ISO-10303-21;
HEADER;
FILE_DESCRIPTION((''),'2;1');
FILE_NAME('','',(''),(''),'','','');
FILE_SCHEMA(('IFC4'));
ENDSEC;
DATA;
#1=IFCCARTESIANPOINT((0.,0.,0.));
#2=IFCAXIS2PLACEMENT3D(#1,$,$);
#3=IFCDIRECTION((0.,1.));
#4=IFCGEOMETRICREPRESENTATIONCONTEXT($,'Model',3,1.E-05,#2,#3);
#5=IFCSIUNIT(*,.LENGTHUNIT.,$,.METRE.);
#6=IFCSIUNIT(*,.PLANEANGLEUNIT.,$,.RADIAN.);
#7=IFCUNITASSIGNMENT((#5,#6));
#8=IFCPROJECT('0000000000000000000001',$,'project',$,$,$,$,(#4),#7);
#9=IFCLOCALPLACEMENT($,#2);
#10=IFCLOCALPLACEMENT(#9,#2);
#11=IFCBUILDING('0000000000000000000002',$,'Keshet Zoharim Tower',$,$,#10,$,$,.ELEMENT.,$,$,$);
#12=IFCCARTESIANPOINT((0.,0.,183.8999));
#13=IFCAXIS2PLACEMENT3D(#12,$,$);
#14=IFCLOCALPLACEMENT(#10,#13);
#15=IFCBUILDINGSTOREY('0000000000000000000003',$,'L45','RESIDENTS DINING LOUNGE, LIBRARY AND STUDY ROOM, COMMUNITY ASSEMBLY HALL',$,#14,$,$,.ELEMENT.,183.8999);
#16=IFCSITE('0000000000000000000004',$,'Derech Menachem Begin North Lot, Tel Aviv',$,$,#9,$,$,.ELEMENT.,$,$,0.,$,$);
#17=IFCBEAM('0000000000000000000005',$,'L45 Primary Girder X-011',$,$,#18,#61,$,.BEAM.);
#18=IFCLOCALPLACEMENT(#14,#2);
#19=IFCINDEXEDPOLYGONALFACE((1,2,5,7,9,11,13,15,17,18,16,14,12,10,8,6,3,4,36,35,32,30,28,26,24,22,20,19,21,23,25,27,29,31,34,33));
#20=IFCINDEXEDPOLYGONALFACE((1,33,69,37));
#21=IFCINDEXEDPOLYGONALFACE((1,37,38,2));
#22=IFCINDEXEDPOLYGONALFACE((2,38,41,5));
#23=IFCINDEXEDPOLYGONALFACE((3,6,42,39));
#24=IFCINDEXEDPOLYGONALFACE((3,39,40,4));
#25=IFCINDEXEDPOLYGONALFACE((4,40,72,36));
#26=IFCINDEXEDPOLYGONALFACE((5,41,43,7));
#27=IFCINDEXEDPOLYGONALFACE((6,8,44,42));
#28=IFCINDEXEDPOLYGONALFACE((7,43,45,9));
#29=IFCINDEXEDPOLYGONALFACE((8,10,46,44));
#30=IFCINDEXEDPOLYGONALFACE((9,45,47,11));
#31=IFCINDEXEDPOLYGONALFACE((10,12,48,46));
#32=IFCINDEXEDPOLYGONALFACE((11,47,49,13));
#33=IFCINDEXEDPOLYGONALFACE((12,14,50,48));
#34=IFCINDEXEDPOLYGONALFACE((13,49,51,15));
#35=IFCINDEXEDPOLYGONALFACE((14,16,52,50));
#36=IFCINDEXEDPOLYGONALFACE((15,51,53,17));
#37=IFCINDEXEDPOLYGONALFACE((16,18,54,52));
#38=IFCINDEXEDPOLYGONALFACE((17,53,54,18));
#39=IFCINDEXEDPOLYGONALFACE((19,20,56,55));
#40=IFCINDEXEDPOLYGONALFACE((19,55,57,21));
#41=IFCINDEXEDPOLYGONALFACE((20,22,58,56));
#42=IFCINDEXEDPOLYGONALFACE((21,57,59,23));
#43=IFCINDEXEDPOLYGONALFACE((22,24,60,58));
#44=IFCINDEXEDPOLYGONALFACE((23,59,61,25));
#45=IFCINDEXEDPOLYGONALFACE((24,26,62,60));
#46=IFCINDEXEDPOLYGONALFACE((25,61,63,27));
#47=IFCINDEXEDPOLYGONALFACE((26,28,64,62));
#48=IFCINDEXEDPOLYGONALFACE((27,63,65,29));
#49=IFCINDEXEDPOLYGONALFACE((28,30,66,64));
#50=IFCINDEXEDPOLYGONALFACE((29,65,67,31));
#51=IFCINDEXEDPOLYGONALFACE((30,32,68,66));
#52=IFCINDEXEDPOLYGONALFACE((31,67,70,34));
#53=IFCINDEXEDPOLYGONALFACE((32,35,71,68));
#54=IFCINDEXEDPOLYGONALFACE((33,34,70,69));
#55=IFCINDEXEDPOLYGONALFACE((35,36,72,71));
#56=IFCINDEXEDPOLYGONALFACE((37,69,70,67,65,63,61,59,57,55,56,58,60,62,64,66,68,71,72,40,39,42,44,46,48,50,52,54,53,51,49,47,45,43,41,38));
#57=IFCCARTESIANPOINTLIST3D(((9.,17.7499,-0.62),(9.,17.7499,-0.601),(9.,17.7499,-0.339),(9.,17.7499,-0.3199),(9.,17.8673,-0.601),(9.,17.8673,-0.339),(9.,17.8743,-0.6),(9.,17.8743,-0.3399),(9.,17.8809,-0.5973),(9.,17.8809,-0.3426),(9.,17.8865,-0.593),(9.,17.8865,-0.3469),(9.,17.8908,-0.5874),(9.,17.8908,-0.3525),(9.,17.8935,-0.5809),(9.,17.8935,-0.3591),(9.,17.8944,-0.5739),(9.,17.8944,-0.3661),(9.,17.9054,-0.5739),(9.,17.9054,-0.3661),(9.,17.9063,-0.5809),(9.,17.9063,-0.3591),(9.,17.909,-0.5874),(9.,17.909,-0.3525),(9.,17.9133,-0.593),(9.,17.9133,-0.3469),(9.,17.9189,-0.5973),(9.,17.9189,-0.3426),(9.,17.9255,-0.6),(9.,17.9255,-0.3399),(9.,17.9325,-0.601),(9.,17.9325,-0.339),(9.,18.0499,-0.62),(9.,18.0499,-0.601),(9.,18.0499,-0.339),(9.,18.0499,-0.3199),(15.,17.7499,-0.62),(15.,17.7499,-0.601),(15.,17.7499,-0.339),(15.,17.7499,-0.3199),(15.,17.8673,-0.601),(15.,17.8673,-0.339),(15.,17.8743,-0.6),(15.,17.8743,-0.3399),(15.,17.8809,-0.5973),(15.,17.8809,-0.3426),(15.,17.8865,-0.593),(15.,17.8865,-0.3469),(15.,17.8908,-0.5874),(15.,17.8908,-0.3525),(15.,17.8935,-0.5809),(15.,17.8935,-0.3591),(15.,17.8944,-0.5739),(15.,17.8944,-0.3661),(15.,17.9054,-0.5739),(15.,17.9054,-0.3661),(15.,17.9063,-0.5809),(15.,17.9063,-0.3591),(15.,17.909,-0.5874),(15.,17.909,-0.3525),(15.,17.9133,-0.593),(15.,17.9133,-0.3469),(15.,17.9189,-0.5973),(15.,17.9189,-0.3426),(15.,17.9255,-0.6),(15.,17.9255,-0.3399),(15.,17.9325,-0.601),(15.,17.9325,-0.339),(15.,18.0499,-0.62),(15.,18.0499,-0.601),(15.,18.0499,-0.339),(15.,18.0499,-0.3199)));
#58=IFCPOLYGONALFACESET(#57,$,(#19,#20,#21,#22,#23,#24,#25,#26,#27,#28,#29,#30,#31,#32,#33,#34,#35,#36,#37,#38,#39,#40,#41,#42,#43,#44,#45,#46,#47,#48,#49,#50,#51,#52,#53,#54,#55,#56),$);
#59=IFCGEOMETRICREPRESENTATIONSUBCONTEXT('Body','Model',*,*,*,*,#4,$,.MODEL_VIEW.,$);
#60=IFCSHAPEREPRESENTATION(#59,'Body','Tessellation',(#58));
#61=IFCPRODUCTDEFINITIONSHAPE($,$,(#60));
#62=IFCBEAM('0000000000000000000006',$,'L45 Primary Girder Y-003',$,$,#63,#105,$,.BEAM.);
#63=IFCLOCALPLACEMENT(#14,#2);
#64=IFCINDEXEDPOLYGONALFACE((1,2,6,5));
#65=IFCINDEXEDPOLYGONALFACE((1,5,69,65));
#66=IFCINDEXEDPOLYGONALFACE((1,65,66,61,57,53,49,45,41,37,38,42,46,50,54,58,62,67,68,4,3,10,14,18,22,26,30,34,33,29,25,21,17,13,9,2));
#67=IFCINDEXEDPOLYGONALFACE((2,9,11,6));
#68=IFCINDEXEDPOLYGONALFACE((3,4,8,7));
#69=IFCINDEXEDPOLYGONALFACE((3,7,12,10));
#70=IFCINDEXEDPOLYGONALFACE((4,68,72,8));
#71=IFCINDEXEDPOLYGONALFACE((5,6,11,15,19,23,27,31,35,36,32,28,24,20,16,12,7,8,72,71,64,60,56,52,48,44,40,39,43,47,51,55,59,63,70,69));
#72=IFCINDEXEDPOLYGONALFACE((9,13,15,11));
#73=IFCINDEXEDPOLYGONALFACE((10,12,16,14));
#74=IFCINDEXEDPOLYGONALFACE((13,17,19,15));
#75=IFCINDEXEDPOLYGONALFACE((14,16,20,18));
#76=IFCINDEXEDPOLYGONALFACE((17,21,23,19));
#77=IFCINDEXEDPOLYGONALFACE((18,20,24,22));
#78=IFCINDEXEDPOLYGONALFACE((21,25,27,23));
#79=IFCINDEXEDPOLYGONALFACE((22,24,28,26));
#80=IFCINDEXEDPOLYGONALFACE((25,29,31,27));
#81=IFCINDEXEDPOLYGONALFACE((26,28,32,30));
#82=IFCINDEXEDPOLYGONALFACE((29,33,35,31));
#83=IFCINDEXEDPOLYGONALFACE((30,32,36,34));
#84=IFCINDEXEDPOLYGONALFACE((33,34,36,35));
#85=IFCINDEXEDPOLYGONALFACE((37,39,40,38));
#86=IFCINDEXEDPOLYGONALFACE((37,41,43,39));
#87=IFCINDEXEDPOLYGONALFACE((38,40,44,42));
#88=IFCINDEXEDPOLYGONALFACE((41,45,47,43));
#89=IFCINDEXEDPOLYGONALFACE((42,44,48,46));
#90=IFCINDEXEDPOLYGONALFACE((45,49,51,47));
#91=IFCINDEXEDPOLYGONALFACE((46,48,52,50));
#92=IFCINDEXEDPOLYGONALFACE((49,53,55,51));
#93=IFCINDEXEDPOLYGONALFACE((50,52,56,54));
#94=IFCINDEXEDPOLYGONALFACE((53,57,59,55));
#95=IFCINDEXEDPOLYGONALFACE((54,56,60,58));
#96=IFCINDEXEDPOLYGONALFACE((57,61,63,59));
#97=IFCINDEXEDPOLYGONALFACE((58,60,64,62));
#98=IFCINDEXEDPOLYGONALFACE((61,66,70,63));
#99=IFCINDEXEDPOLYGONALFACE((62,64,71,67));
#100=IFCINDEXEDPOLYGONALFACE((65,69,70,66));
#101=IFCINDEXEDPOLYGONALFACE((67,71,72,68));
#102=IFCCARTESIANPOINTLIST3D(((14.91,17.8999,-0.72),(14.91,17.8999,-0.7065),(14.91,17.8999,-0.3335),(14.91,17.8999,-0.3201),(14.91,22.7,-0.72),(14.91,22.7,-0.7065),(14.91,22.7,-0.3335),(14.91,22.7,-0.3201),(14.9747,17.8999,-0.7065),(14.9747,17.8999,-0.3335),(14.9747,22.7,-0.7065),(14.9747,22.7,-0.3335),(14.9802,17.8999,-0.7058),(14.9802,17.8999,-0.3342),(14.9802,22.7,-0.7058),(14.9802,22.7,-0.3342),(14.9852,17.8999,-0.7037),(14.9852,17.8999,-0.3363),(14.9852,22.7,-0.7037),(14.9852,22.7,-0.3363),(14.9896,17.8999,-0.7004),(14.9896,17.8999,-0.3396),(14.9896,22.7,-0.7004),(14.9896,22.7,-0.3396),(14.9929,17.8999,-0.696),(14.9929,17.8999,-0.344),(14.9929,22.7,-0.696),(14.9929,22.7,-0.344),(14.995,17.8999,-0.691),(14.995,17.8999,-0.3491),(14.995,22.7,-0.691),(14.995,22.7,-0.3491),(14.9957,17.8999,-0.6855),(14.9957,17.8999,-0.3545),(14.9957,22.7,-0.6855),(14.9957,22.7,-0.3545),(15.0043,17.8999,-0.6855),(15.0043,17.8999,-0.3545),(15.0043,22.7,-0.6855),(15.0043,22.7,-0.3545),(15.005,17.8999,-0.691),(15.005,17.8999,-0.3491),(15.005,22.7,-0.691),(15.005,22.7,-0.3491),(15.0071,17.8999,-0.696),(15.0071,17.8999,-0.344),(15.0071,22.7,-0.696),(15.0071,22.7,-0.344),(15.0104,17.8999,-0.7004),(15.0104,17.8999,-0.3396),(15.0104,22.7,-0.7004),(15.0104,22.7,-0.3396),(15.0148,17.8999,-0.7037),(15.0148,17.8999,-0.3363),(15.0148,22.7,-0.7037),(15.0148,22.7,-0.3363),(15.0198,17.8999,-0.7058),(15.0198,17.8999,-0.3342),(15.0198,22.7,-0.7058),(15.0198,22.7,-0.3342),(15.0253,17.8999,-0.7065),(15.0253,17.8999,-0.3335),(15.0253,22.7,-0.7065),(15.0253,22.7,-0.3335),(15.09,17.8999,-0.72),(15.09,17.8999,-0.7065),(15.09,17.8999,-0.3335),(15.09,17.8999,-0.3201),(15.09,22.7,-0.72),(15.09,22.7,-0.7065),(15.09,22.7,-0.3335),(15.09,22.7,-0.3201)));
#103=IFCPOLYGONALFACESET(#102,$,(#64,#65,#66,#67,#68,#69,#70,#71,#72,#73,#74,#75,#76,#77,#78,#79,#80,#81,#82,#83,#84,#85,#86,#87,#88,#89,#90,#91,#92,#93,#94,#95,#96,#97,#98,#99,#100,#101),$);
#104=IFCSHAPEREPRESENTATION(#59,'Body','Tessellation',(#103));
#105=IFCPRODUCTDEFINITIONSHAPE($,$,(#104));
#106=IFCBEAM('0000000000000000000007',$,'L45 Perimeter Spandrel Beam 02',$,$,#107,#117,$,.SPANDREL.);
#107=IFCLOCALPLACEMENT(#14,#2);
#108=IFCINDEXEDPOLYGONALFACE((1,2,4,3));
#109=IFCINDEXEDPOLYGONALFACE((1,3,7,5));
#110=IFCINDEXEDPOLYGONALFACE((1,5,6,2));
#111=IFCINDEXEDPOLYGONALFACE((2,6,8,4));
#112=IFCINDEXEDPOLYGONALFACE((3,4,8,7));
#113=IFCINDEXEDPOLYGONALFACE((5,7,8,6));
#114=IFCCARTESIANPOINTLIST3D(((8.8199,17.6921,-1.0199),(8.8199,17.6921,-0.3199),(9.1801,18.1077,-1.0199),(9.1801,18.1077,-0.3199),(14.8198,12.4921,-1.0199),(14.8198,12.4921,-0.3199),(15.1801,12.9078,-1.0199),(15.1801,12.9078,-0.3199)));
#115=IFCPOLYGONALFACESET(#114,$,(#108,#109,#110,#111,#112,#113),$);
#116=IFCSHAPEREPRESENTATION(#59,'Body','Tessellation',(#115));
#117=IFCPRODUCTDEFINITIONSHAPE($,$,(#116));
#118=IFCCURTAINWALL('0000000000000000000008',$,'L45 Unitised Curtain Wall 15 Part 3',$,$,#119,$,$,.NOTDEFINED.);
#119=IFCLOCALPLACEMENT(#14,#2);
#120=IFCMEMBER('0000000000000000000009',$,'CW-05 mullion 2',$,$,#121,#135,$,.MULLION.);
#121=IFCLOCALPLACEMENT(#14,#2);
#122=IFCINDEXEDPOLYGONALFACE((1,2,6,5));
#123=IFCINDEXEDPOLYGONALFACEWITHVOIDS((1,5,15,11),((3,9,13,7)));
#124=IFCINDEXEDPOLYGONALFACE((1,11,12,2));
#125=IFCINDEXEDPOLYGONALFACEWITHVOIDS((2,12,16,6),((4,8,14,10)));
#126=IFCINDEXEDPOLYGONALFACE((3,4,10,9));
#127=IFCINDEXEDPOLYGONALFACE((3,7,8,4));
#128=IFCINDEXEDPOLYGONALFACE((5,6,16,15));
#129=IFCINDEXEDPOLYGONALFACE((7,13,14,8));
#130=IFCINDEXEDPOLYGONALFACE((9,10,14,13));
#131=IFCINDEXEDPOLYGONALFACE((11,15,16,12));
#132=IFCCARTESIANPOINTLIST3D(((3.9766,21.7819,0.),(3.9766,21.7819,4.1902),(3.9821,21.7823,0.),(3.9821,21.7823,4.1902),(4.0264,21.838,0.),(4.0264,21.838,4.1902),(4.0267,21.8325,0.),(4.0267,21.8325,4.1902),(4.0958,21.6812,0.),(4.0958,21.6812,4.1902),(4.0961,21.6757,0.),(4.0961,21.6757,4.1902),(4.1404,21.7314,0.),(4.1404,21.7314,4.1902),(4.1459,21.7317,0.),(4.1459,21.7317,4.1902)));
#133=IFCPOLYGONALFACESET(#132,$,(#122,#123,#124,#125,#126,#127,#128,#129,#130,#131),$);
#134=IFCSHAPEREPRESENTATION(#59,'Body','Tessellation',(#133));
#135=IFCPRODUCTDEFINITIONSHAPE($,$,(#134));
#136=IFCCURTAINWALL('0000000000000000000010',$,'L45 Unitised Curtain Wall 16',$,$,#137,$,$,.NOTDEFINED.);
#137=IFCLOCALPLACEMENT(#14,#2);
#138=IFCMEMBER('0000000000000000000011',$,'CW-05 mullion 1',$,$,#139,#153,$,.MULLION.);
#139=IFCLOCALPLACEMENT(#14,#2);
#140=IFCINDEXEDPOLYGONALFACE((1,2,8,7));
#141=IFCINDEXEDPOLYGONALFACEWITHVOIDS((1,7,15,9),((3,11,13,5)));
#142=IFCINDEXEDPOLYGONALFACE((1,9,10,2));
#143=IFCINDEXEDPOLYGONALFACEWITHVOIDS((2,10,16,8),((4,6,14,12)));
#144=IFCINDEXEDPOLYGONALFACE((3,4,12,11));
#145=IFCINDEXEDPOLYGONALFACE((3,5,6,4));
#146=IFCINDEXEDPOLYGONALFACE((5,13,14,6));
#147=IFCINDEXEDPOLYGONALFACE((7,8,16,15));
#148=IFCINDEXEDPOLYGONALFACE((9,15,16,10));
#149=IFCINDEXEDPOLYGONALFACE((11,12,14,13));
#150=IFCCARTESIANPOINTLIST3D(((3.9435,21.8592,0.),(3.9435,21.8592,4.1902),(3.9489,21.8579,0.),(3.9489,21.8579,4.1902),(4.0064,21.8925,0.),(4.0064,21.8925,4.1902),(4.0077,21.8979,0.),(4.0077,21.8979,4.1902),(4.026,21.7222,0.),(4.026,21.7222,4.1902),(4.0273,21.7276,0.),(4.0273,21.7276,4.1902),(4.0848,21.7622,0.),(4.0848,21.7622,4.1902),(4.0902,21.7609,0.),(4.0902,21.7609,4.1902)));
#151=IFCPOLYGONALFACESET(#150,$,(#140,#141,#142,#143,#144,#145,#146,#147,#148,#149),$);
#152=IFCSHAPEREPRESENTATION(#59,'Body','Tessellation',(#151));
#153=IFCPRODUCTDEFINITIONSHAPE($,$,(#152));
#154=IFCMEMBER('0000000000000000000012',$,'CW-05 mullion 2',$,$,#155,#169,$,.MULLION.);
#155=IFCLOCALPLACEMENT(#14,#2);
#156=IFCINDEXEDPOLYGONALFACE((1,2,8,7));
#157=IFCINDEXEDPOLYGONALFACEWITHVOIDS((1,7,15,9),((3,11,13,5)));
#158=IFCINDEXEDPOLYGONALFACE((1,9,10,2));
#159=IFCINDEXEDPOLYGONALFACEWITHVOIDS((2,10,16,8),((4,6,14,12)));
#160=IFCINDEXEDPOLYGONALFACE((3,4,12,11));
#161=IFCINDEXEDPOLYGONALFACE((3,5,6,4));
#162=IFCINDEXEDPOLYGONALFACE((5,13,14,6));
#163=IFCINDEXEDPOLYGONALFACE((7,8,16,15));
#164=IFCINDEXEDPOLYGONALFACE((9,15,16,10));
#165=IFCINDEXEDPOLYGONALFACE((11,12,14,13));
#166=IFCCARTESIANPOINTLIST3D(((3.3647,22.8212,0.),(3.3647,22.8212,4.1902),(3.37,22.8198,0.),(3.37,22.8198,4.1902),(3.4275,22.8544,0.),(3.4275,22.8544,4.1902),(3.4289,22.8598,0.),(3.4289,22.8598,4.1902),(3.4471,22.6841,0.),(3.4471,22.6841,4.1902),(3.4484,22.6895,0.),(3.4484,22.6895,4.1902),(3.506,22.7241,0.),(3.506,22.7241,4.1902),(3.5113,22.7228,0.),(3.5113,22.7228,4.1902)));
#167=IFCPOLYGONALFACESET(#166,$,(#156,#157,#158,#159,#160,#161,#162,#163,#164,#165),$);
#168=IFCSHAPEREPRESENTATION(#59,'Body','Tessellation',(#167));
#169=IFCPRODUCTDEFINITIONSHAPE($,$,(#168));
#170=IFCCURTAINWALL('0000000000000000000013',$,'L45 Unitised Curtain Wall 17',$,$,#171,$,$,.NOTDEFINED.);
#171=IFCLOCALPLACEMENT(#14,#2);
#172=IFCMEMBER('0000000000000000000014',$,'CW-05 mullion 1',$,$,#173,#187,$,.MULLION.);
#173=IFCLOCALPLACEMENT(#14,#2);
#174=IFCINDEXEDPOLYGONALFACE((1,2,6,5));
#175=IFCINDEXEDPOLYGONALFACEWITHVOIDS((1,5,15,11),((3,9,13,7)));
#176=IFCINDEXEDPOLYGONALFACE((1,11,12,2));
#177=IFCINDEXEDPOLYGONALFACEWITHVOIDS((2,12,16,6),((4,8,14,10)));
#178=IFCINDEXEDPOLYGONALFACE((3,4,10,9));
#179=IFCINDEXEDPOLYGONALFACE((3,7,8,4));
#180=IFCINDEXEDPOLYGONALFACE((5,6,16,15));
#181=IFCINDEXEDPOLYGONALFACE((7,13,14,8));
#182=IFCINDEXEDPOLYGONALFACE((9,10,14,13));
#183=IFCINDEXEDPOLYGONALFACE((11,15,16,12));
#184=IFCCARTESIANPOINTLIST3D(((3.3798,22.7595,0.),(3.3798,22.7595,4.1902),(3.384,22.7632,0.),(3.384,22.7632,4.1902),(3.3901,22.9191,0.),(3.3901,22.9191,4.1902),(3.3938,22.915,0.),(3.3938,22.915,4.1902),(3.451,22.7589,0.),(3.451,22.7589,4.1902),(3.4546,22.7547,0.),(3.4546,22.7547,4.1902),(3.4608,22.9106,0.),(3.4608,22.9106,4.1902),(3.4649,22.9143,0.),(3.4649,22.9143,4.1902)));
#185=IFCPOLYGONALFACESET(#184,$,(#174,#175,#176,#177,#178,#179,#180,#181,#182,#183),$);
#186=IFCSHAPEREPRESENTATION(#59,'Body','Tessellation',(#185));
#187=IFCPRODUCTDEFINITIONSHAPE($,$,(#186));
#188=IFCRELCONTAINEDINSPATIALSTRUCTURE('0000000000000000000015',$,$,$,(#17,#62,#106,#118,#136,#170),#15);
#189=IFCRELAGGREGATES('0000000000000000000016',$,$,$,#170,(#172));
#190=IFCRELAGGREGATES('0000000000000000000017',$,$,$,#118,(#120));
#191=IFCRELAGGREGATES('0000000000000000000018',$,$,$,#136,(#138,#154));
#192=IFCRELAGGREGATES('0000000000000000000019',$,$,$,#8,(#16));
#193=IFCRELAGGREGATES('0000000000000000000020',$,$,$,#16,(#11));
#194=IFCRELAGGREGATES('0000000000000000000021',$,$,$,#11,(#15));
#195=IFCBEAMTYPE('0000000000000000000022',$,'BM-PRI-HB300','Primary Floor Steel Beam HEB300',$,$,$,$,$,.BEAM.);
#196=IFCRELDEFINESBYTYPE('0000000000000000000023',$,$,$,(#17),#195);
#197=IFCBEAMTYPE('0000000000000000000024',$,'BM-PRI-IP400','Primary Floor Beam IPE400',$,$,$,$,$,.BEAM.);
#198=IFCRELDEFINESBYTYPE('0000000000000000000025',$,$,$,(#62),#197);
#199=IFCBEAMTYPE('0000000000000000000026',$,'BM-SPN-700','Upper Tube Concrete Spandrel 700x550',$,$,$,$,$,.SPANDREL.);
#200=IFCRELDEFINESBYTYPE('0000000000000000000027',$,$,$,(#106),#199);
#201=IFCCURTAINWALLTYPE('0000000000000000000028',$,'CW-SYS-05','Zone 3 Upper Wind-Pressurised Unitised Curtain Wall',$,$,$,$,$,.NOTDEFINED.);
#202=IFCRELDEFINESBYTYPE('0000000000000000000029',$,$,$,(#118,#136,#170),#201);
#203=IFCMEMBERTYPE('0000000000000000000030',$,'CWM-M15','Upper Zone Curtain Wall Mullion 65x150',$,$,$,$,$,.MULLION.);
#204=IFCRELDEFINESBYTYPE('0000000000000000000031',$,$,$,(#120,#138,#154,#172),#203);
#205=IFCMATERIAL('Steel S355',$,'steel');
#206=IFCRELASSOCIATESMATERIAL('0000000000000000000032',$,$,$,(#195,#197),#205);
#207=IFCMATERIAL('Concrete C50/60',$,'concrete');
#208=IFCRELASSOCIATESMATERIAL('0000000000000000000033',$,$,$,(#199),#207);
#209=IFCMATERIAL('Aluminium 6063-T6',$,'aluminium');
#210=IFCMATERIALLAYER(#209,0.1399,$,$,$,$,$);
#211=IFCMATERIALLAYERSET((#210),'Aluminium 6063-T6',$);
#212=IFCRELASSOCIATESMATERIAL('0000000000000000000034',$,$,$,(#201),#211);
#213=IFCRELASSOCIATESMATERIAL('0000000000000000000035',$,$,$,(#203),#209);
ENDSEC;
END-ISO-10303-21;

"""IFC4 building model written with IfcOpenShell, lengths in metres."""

from ifc_helpers import new_model, si_unit, direction, frame, origin, origin_2d, place, context, subcontext, project, spatial, rectangle, hollow_rectangle, i_section, extrude, material, layer, layer_set, material_profile, profile_set, type_object, element, aggregate, save


model = new_model("IFC4")

# Units and contexts
model_context = context("Model", 3, precision=1e-05, world=origin(), true_north=direction((0.0, 1.0)))
body_context = subcontext(model_context, "Body", "Model", "MODEL_VIEW")
ifc_project = project(units=[si_unit("LENGTHUNIT", "METRE"), si_unit("PLANEANGLEUNIT", "RADIAN")], contexts=[model_context])

# Site, building, storey
site_placement = place(None, origin())
site = spatial("IfcSite", under=ifc_project, at=site_placement, Name="Derech Menachem Begin North Lot, Tel Aviv", CompositionType="ELEMENT", RefElevation=0.0)
building_placement = place(site_placement, origin())
building = spatial("IfcBuilding", under=site, at=building_placement, Name="Keshet Zoharim Tower", CompositionType="ELEMENT")
storey_placement = place(building_placement, frame((0.0, 0.0, 183.8999)))
storey = spatial("IfcBuildingStorey", under=building, at=storey_placement, Name="L45", Description="RESIDENTS DINING LOUNGE, LIBRARY AND STUDY ROOM, COMMUNITY ASSEMBLY HALL", CompositionType="ELEMENT", Elevation=183.8999)

# Shared definitions
ifc_material_1 = material(Name="Steel S355", Category="steel")

# Beams
ifc_material_profile_1 = material_profile(ifc_material_1, i_section(OverallWidth=0.3, OverallDepth=0.3, WebThickness=0.011, FlangeThickness=0.019, FilletRadius=0.0271, at=origin_2d()), Name="HEB300")
ifc_profile_set_1 = profile_set([ifc_material_profile_1], Name="Steel S355")
beam_type_1 = type_object("IfcBeamType", Name="BM-PRI-HB300", Description="Primary Floor Steel Beam HEB300", PredefinedType="BEAM", material=ifc_profile_set_1)
beam_1_placement = place(storey_placement, frame((9.0, 17.8999, -0.47), z_axis=(1.0, 0.0, 0.0), x_axis=(0.0, 1.0, 0.0)))
element("IfcBeam", 1, at=beam_1_placement, inside=storey, type_object=beam_type_1, Name="L45 Primary Girder X-011", PredefinedType="BEAM", context=body_context, shape_type="SweptSolid", body=[
    extrude(i_section(OverallWidth=0.3, OverallDepth=0.3, WebThickness=0.011, FlangeThickness=0.019, FilletRadius=0.0271, at=origin_2d()), origin(), (0.0, 0.0, 1.0), 6.0),
])
ifc_material_profile_2 = material_profile(ifc_material_1, i_section(OverallWidth=0.1799, OverallDepth=0.3999, WebThickness=0.0085, FlangeThickness=0.0134, FilletRadius=0.021, at=origin_2d()), Name="IPE400")
ifc_profile_set_2 = profile_set([ifc_material_profile_2], Name="Steel S355")
beam_type_2 = type_object("IfcBeamType", Name="BM-PRI-IP400", Description="Primary Floor Beam IPE400", PredefinedType="BEAM", material=ifc_profile_set_2)
beam_2_placement = place(storey_placement, frame((15.0, 17.8999, -0.52), z_axis=(0.0, 1.0, 0.0), x_axis=(-1.0, 0.0, 0.0)))
element("IfcBeam", 2, at=beam_2_placement, inside=storey, type_object=beam_type_2, Name="L45 Primary Girder Y-003", PredefinedType="BEAM", context=body_context, shape_type="SweptSolid", body=[
    extrude(i_section(OverallWidth=0.1799, OverallDepth=0.3999, WebThickness=0.0085, FlangeThickness=0.0134, FilletRadius=0.021, at=origin_2d()), origin(), (0.0, 0.0, 1.0), 4.8),
])
ifc_material_2 = material(Name="Concrete C50/60", Category="concrete")
ifc_material_profile_3 = material_profile(ifc_material_2, rectangle(XDim=0.55, YDim=0.7, at=origin_2d()), Name="RC700x550")
ifc_profile_set_3 = profile_set([ifc_material_profile_3], Name="Concrete C50/60")
beam_type_3 = type_object("IfcBeamType", Name="BM-SPN-700", Description="Upper Tube Concrete Spandrel 700x550", PredefinedType="SPANDREL", material=ifc_profile_set_3)
beam_3_placement = place(storey_placement, frame((9.0, 17.8999, -0.6699), z_axis=(0.755692, -0.654927, 0.0), x_axis=(0.654927, 0.755692, 0.0)))
element("IfcBeam", 3, at=beam_3_placement, inside=storey, type_object=beam_type_3, Name="L45 Perimeter Spandrel Beam 02", PredefinedType="SPANDREL", context=body_context, shape_type="SweptSolid", body=[
    extrude(rectangle(XDim=0.55, YDim=0.7, at=origin_2d()), origin(), (0.0, 0.0, 1.0), 7.9397),
])

# Curtain wall, member
ifc_material_3 = material(Name="Aluminium 6063-T6", Category="aluminium")
ifc_layer_1 = layer(ifc_material_3, 0.1399)
ifc_layer_set_1 = layer_set([ifc_layer_1], Name="Aluminium 6063-T6")
curtain_wall_type = type_object("IfcCurtainWallType", Name="CW-SYS-05", Description="Zone 3 Upper Wind-Pressurised Unitised Curtain Wall", PredefinedType="NOTDEFINED", material=ifc_layer_set_1)
curtain_wall_1_placement = place(storey_placement, origin())
curtain_wall_1 = element("IfcCurtainWall", 4, at=curtain_wall_1_placement, inside=storey, type_object=curtain_wall_type, Name="L45 Unitised Curtain Wall 15 Part 3", PredefinedType="NOTDEFINED")
ifc_material_profile_4 = material_profile(ifc_material_3, hollow_rectangle(XDim=0.075, YDim=0.1599, WallThickness=0.0039, at=origin_2d()), Name="MUL-75x160")
ifc_profile_set_4 = profile_set([ifc_material_profile_4], Name="Aluminium 6063-T6")
member_type_1 = type_object("IfcMemberType", Name="CWM-M15", Description="Upper Zone Curtain Wall Mullion 65x150", PredefinedType="MULLION", material=ifc_profile_set_4)
member_1_placement = place(storey_placement, frame((4.0613, 21.7568, 0.0), z_axis=(0.0, 0.0, 1.0), x_axis=(-0.66436, -0.747413, 0.0)))
member_1 = element("IfcMember", 5, at=member_1_placement, type_object=member_type_1, Name="CW-05 mullion 2", PredefinedType="MULLION", context=body_context, shape_type="SweptSolid", body=[
    extrude(hollow_rectangle(XDim=0.075, YDim=0.1599, WallThickness=0.0039, at=origin_2d()), origin(), (0.0, 0.0, 1.0), 4.1902),
])

# Curtain wall, members
curtain_wall_2_placement = place(storey_placement, origin())
curtain_wall_2 = element("IfcCurtainWall", 6, at=curtain_wall_2_placement, inside=storey, type_object=curtain_wall_type, Name="L45 Unitised Curtain Wall 16", PredefinedType="NOTDEFINED")
member_2_placement = place(storey_placement, frame((4.0168, 21.8101, 0.0), z_axis=(0.0, 0.0, 1.0), x_axis=(-0.856826, -0.515605, 0.0)))
member_2 = element("IfcMember", 7, at=member_2_placement, type_object=member_type_1, Name="CW-05 mullion 1", PredefinedType="MULLION", context=body_context, shape_type="SweptSolid", body=[
    extrude(hollow_rectangle(XDim=0.075, YDim=0.1599, WallThickness=0.0039, at=origin_2d()), origin(), (0.0, 0.0, 1.0), 4.1902),
])
member_3_placement = place(storey_placement, frame((3.438, 22.772, 0.0), z_axis=(0.0, 0.0, 1.0), x_axis=(-0.856826, -0.515605, 0.0)))
member_3 = element("IfcMember", 8, at=member_3_placement, type_object=member_type_1, Name="CW-05 mullion 2", PredefinedType="MULLION", context=body_context, shape_type="SweptSolid", body=[
    extrude(hollow_rectangle(XDim=0.075, YDim=0.1599, WallThickness=0.0039, at=origin_2d()), origin(), (0.0, 0.0, 1.0), 4.1902),
])

# Curtain wall, member
curtain_wall_3_placement = place(storey_placement, origin())
curtain_wall_3 = element("IfcCurtainWall", 9, at=curtain_wall_3_placement, inside=storey, type_object=curtain_wall_type, Name="L45 Unitised Curtain Wall 17", PredefinedType="NOTDEFINED")
member_4_placement = place(storey_placement, frame((3.4224, 22.8369, 0.0), z_axis=(0.0, 0.0, 1.0), x_axis=(-0.997917, 0.064517, 0.0)))
member_4 = element("IfcMember", 10, at=member_4_placement, type_object=member_type_1, Name="CW-05 mullion 1", PredefinedType="MULLION", context=body_context, shape_type="SweptSolid", body=[
    extrude(hollow_rectangle(XDim=0.075, YDim=0.1599, WallThickness=0.0039, at=origin_2d()), origin(), (0.0, 0.0, 1.0), 4.1902),
])

aggregate(curtain_wall_3, [member_4])

aggregate(curtain_wall_1, [member_1])
aggregate(curtain_wall_2, [member_2, member_3])

save(model, "model.ifc")
